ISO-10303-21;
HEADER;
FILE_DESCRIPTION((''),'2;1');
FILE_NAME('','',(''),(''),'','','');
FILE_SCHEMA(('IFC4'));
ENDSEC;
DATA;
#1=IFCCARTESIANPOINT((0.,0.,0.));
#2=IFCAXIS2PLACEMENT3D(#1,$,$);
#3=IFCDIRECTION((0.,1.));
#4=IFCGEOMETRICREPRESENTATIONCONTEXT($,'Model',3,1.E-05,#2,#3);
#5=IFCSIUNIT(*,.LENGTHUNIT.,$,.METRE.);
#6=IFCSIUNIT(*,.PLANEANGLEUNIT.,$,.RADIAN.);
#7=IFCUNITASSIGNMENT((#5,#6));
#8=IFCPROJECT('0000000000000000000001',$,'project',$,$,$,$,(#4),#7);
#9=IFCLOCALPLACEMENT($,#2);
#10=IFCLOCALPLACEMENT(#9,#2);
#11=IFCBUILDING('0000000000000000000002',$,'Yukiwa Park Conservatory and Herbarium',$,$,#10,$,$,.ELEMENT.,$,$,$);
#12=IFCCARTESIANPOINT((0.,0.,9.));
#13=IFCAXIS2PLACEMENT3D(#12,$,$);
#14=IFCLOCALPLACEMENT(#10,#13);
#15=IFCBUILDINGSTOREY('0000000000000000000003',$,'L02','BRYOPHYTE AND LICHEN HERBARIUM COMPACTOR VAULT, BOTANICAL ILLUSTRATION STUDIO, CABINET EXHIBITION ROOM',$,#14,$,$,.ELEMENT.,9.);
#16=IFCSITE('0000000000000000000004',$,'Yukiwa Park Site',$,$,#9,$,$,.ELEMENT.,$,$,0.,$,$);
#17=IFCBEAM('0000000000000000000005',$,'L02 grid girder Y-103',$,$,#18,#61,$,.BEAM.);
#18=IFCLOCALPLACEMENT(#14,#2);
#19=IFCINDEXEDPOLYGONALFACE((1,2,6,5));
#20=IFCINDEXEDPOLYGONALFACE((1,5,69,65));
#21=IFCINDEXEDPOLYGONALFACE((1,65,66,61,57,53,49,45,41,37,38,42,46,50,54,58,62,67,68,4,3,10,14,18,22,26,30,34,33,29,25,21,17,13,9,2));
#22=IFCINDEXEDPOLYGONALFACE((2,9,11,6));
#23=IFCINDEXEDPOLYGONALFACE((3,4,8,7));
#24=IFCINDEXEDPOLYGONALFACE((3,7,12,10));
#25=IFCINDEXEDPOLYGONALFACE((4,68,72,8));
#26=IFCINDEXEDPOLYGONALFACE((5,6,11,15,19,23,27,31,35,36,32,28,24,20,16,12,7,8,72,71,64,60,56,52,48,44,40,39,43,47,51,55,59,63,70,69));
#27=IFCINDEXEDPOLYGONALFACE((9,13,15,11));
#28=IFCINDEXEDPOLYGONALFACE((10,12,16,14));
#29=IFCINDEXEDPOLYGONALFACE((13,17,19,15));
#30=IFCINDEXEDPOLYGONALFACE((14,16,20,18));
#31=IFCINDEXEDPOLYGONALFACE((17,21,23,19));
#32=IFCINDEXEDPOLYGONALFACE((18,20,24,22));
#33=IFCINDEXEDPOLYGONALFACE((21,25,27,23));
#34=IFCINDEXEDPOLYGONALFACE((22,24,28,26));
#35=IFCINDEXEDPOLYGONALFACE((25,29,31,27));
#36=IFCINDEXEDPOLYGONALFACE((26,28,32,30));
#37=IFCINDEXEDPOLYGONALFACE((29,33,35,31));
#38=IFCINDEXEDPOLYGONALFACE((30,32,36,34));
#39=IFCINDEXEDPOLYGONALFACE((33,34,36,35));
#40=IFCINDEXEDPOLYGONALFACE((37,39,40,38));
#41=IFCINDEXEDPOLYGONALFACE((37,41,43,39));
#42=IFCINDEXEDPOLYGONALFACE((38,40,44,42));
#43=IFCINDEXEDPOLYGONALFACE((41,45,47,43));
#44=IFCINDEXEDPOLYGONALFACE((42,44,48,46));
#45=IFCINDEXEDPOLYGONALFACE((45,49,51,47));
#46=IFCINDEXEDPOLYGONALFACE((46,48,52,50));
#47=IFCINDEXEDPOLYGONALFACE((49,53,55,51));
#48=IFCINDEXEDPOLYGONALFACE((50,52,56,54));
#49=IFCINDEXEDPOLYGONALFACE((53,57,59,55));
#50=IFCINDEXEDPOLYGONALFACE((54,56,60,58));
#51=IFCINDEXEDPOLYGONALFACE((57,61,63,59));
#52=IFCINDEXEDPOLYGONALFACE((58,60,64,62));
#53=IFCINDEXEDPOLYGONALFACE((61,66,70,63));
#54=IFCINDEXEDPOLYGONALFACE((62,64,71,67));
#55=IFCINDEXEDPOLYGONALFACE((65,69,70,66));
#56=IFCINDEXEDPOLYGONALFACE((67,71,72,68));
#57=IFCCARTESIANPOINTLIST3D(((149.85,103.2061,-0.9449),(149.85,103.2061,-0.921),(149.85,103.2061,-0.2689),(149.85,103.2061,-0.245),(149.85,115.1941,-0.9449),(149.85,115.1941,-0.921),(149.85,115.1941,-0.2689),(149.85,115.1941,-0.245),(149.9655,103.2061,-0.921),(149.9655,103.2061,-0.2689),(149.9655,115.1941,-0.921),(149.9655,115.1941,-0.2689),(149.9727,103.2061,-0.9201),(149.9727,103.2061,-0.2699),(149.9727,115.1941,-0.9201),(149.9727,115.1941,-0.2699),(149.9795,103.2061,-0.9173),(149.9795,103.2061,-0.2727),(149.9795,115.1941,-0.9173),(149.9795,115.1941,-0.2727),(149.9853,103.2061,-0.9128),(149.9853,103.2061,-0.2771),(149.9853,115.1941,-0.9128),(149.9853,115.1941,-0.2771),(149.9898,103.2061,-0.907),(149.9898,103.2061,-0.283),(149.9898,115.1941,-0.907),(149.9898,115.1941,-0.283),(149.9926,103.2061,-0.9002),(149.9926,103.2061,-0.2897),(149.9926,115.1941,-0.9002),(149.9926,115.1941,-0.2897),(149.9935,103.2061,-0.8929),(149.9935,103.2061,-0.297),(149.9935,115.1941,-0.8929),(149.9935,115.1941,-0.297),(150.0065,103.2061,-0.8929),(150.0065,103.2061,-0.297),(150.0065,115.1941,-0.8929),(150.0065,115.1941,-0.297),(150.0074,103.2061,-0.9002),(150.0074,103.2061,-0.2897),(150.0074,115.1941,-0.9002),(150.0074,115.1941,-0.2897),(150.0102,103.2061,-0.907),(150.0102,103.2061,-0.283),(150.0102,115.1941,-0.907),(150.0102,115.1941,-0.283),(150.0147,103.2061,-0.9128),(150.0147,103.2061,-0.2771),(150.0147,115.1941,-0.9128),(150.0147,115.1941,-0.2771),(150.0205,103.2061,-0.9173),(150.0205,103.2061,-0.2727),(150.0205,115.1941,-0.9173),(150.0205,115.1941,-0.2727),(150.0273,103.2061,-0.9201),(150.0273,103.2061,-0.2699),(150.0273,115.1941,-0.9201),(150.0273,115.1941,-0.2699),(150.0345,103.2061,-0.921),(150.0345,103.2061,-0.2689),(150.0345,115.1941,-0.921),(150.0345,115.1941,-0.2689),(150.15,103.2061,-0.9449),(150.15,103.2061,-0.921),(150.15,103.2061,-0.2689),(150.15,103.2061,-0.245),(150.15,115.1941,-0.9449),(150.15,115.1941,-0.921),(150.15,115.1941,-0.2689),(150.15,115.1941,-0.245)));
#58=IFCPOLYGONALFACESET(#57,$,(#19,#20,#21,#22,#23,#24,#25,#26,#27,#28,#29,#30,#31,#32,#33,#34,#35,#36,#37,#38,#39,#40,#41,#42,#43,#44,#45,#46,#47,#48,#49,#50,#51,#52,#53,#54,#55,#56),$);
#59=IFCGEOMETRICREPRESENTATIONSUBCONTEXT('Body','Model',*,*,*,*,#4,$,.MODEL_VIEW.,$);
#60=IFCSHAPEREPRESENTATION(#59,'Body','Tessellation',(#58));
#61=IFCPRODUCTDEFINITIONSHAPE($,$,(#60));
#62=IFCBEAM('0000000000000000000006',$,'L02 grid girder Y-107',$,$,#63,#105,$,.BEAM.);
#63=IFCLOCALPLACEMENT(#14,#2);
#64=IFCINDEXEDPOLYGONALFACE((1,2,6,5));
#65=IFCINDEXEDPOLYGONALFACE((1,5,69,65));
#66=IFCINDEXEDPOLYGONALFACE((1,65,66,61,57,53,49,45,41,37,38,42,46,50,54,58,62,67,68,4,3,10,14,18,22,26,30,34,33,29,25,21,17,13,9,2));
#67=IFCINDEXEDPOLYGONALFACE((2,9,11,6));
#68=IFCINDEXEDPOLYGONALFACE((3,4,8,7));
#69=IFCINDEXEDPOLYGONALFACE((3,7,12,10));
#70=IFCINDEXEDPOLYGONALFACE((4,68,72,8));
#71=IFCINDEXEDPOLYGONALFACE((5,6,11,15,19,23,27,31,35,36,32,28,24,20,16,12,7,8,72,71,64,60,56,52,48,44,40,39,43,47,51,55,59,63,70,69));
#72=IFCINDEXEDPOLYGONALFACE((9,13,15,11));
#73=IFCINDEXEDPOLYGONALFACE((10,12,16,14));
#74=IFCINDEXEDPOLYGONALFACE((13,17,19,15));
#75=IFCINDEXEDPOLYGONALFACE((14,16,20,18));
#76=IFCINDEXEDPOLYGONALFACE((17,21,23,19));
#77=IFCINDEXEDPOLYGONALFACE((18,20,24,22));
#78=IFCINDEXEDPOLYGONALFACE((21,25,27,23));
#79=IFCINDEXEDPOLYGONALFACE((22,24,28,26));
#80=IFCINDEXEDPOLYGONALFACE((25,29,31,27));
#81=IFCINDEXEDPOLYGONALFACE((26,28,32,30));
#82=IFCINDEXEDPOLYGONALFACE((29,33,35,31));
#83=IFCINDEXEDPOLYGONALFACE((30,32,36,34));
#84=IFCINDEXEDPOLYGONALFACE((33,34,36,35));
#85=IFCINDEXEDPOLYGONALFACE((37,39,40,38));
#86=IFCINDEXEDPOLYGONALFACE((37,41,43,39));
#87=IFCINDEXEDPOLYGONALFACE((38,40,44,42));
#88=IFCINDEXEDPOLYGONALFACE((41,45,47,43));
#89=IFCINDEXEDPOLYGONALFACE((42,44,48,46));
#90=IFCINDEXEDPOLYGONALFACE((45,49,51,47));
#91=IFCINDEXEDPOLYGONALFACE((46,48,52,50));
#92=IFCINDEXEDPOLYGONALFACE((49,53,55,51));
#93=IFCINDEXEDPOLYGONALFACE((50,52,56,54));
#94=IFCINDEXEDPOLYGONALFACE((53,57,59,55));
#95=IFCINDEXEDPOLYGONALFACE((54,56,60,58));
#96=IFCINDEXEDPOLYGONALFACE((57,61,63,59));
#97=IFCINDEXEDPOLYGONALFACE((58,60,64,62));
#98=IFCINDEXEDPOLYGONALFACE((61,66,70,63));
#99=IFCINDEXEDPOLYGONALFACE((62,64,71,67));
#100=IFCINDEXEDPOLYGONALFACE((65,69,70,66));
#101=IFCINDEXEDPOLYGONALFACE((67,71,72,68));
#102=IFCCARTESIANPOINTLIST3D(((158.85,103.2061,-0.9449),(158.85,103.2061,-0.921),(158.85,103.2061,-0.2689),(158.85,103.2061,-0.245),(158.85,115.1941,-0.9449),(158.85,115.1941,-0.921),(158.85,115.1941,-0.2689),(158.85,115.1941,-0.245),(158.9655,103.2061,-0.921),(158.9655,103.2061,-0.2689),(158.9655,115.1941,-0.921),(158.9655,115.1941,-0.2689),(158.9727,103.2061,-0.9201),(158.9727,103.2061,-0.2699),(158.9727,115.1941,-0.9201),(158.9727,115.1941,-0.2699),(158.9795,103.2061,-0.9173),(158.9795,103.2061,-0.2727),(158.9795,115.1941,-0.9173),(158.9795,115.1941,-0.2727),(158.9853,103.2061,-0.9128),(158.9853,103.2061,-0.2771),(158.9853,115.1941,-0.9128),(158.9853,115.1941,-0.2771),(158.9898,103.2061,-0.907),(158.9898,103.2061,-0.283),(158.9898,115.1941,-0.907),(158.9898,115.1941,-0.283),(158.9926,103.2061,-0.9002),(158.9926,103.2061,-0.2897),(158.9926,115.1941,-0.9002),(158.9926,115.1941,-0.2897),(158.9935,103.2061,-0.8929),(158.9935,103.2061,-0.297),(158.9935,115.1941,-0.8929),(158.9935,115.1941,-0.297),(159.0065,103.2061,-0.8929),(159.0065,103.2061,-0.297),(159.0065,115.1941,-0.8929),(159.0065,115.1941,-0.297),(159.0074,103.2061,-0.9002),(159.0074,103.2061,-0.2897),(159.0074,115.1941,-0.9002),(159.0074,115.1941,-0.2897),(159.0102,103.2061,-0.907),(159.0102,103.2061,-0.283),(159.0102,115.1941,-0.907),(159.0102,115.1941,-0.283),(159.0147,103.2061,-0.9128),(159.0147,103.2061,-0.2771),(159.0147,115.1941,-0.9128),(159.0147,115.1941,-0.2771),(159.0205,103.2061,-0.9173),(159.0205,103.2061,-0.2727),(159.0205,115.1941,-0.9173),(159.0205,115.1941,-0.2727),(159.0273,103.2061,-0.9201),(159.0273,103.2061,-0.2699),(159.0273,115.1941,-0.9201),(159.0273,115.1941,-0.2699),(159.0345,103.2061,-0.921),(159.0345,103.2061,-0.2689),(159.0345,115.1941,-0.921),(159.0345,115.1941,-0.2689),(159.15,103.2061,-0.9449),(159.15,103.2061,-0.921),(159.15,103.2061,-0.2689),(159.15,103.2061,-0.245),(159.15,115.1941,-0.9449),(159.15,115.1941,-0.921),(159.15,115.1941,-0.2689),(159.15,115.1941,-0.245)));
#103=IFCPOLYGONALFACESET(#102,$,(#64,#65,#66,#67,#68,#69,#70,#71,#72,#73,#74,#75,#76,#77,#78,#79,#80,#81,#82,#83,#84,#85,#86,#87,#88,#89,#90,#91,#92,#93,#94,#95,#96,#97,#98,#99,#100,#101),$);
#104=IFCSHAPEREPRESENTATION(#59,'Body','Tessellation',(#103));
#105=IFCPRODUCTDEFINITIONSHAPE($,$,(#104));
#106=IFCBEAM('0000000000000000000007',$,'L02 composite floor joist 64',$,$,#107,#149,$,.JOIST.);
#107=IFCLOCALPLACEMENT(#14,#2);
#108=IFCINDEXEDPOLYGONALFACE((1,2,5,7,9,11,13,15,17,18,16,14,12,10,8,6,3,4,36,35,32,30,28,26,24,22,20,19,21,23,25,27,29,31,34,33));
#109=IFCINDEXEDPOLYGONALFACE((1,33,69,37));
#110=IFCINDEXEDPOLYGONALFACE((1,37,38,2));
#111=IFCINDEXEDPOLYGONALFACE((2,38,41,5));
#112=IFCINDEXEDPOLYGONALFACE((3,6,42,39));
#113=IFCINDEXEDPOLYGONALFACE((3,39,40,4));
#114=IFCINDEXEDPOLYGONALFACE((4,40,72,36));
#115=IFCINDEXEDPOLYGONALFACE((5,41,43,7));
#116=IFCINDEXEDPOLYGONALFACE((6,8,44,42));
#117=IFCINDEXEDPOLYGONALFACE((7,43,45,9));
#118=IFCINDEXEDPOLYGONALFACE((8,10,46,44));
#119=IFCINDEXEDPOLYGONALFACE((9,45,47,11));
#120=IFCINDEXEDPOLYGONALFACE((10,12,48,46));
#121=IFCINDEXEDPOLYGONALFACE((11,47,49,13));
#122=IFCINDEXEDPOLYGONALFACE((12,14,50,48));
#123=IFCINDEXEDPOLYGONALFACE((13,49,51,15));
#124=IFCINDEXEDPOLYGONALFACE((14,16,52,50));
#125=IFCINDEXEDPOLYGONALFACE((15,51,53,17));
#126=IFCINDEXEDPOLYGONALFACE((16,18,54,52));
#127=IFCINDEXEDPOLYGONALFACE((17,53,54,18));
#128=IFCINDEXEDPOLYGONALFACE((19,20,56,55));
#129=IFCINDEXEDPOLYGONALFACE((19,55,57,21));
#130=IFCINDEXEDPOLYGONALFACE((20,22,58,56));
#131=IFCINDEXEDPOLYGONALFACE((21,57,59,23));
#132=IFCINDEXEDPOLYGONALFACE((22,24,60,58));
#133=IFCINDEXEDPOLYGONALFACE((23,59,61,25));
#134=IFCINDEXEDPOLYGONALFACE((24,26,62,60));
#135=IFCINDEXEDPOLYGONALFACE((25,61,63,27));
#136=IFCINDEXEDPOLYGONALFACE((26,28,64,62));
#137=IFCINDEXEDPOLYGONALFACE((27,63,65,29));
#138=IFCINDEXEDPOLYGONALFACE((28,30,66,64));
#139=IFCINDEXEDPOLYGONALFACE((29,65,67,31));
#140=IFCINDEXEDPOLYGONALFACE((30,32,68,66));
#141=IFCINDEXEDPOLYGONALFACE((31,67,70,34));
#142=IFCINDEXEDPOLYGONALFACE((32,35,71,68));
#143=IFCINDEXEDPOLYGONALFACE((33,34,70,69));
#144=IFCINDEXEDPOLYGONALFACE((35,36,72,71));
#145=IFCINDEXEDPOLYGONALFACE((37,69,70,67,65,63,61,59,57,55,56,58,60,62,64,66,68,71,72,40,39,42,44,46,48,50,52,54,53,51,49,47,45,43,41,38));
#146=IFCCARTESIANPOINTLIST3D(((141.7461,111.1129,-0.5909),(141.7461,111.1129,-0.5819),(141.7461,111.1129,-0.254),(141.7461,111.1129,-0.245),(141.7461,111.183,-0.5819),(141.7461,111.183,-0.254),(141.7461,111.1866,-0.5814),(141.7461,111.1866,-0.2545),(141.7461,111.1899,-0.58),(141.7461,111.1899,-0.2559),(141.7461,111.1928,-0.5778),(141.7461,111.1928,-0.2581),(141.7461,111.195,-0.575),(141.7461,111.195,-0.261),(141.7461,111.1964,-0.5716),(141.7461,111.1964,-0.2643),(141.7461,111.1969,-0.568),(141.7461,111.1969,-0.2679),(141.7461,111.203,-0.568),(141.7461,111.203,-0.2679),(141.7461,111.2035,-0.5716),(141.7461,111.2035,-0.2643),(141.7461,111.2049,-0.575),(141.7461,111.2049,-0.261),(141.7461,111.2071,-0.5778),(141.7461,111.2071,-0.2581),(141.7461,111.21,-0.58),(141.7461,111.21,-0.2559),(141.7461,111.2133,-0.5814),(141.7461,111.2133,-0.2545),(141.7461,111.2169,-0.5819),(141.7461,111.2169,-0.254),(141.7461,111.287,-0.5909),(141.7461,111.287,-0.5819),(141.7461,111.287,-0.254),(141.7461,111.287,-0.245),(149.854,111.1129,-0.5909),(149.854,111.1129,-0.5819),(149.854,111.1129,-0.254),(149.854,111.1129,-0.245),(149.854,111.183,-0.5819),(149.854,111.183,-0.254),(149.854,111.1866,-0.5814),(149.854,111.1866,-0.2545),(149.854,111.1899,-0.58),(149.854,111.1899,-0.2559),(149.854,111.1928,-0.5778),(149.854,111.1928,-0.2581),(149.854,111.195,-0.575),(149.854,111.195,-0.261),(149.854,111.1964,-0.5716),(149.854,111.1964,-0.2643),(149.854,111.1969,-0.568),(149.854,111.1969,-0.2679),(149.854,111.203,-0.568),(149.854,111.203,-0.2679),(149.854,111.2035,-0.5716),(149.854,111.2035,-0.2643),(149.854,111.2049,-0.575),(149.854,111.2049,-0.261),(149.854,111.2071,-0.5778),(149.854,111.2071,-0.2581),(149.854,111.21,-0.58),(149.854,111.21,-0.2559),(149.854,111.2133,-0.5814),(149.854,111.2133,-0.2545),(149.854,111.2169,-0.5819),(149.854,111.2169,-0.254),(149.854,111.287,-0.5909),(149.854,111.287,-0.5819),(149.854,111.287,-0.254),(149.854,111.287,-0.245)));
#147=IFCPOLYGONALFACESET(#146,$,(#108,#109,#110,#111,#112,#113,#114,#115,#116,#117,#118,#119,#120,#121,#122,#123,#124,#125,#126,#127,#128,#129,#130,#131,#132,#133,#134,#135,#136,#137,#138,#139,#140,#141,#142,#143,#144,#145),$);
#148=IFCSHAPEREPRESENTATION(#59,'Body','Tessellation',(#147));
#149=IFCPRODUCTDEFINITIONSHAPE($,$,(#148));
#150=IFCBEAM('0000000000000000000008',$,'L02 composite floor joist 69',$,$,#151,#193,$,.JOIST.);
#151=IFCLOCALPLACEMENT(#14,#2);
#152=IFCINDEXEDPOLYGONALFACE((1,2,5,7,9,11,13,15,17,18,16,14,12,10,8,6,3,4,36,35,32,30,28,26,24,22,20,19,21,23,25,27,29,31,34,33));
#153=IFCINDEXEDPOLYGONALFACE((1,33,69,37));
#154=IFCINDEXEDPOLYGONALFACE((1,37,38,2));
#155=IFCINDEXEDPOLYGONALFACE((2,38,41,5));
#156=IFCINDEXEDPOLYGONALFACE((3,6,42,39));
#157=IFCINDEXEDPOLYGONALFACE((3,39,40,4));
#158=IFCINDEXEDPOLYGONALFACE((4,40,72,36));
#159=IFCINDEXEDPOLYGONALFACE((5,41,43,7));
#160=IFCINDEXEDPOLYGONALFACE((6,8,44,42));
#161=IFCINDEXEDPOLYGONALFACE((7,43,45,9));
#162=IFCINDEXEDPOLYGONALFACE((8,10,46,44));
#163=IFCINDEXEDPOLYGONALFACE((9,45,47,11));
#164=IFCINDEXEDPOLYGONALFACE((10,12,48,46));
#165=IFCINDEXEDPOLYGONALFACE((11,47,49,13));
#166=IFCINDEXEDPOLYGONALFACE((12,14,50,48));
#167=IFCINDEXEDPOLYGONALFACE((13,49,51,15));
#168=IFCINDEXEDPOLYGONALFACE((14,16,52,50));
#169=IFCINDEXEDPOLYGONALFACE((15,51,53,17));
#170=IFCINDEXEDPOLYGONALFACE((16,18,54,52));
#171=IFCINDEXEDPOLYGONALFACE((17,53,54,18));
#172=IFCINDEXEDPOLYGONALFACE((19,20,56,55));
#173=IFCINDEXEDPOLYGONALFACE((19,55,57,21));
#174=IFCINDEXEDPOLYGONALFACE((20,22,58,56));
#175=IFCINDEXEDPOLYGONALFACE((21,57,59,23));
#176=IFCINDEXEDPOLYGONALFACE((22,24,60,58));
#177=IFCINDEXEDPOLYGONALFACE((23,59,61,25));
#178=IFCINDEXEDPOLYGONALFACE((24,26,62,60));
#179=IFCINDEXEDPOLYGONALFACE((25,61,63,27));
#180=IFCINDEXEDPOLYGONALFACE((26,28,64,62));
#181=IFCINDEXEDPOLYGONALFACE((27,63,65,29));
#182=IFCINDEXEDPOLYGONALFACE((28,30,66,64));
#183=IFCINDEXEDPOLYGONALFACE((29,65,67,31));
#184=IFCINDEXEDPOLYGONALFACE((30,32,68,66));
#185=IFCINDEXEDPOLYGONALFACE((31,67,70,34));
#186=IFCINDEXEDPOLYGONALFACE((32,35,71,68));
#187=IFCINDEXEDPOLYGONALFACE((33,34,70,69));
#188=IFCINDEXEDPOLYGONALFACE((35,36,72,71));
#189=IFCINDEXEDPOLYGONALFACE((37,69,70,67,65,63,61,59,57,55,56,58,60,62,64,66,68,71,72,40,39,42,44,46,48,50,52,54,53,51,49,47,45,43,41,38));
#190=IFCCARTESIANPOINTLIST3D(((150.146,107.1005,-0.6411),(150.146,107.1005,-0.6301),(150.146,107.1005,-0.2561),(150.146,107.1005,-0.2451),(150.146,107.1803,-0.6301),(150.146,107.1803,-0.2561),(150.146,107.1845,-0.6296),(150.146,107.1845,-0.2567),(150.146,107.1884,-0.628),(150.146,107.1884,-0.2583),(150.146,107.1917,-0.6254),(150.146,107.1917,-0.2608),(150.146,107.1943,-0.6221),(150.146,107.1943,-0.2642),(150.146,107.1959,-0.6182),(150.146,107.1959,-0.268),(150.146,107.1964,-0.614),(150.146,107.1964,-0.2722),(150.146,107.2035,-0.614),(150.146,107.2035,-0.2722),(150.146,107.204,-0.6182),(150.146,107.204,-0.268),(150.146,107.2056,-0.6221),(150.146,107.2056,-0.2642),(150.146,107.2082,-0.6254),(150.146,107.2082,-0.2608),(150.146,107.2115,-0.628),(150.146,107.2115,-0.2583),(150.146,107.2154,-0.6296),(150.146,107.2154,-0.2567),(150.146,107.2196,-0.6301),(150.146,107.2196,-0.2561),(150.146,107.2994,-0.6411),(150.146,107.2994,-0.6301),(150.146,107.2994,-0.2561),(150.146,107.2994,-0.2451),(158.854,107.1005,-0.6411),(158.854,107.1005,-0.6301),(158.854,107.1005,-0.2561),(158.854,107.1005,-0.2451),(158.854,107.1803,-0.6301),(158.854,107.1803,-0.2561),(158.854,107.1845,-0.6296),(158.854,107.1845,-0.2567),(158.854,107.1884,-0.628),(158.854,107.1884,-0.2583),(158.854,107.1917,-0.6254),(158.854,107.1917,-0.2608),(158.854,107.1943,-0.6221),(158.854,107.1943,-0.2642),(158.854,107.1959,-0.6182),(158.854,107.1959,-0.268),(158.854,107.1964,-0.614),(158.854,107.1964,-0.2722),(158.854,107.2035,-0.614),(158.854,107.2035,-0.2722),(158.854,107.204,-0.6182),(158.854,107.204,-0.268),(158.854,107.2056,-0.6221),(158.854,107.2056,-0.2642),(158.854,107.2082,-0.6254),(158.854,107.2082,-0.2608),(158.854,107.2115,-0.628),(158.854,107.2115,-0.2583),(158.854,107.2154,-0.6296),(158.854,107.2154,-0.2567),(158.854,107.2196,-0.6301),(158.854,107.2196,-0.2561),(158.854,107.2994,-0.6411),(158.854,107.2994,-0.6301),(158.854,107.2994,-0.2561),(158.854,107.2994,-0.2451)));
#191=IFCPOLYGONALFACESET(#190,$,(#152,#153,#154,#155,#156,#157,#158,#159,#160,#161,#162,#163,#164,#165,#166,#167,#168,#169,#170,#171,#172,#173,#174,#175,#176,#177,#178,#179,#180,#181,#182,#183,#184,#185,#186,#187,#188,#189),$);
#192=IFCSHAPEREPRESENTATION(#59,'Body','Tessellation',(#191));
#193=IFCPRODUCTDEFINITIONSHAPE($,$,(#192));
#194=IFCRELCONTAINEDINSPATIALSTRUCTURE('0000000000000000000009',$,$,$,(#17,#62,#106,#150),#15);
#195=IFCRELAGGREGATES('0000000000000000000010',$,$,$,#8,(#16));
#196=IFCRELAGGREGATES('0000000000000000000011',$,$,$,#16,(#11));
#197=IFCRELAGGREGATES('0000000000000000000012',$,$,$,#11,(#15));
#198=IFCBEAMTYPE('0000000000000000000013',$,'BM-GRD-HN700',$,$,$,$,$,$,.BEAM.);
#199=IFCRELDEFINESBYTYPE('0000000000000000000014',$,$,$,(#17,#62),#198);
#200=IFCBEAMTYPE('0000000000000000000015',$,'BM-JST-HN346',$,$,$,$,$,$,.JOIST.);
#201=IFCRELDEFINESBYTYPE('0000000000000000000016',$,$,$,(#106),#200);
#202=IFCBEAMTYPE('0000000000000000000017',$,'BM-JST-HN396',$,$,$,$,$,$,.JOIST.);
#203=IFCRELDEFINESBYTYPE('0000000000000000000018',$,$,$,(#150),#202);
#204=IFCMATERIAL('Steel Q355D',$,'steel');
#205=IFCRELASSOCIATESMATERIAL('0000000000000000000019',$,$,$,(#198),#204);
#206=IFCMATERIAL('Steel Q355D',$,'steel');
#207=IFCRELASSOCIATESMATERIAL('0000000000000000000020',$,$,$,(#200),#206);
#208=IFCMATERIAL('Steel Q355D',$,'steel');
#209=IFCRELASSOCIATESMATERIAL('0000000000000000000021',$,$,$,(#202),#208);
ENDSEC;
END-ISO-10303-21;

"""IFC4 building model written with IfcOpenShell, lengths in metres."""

from ifc_helpers import new_model, si_unit, direction, frame, origin, origin_2d, place, context, subcontext, project, spatial, i_section, extrude, material, material_profile, profile_set, type_object, element, save


model = new_model("IFC4")

# Units and contexts
model_context = context("Model", 3, precision=1e-05, world=origin(), true_north=direction((0.0, 1.0)))
body_context = subcontext(model_context, "Body", "Model", "MODEL_VIEW")
ifc_project = project(units=[si_unit("LENGTHUNIT", "METRE"), si_unit("PLANEANGLEUNIT", "RADIAN")], contexts=[model_context])

# Site, building, storey
site_placement = place(None, origin())
site = spatial("IfcSite", under=ifc_project, at=site_placement, Name="Yukiwa Park Site", CompositionType="ELEMENT", RefElevation=0.0)
building_placement = place(site_placement, origin())
building = spatial("IfcBuilding", under=site, at=building_placement, Name="Yukiwa Park Conservatory and Herbarium", CompositionType="ELEMENT")
storey_placement = place(building_placement, frame((0.0, 0.0, 9.0)))
storey = spatial("IfcBuildingStorey", under=building, at=storey_placement, Name="L02", Description="BRYOPHYTE AND LICHEN HERBARIUM COMPACTOR VAULT, BOTANICAL ILLUSTRATION STUDIO, CABINET EXHIBITION ROOM", CompositionType="ELEMENT", Elevation=9.0)

# Beams
ifc_material_1 = material(Name="Steel Q355D", Category="steel")
ifc_material_profile_1 = material_profile(ifc_material_1, i_section(OverallWidth=0.3, OverallDepth=0.7, WebThickness=0.0129, FlangeThickness=0.0239, FilletRadius=0.0281, at=origin_2d()), Name="HN 700x300x13x24")
ifc_profile_set_1 = profile_set([ifc_material_profile_1], Name="Steel Q355D")
beam_type_1 = type_object("IfcBeamType", Name="BM-GRD-HN700", PredefinedType="BEAM", material=ifc_profile_set_1)
for number, where, z_axis, x_axis, name in (
    (1, (150.0, 103.2061, -0.595), (0.0, 1.0, 0.0), (-1.0, 0.0, 0.0), "L02 grid girder Y-103"),
    (2, (159.0, 103.2061, -0.595), (0.0, 1.0, 0.0), (-1.0, 0.0, 0.0), "L02 grid girder Y-107"),
):
    element("IfcBeam", number, at=place(storey_placement, frame(where, z_axis=z_axis, x_axis=x_axis)), inside=storey, type_object=beam_type_1, Name=name, PredefinedType="BEAM", context=body_context, shape_type="SweptSolid", body=[
        extrude(i_section(OverallWidth=0.3, OverallDepth=0.7, WebThickness=0.0129, FlangeThickness=0.0239, FilletRadius=0.0281, at=origin_2d()), origin(), (0.0, 0.0, 1.0), 11.988),
    ])
ifc_material_2 = material(Name="Steel Q355D", Category="steel")
ifc_material_profile_2 = material_profile(ifc_material_2, i_section(OverallWidth=0.1741, OverallDepth=0.3459, WebThickness=0.0061, FlangeThickness=0.009, FilletRadius=0.0139, at=origin_2d()), Name="HN 346x174x6x9")
ifc_profile_set_2 = profile_set([ifc_material_profile_2], Name="Steel Q355D")
beam_type_2 = type_object("IfcBeamType", Name="BM-JST-HN346", PredefinedType="JOIST", material=ifc_profile_set_2)
beam_1_placement = place(storey_placement, frame((141.7461, 111.2, -0.418), z_axis=(1.0, 0.0, 0.0), x_axis=(0.0, 1.0, 0.0)))
element("IfcBeam", 3, at=beam_1_placement, inside=storey, type_object=beam_type_2, Name="L02 composite floor joist 64", PredefinedType="JOIST", context=body_context, shape_type="SweptSolid", body=[
    extrude(i_section(OverallWidth=0.1741, OverallDepth=0.3459, WebThickness=0.0061, FlangeThickness=0.009, FilletRadius=0.0139, at=origin_2d()), origin(), (0.0, 0.0, 1.0), 8.1079),
])
ifc_material_3 = material(Name="Steel Q355D", Category="steel")
ifc_material_profile_3 = material_profile(ifc_material_3, i_section(OverallWidth=0.199, OverallDepth=0.396, WebThickness=0.0071, FlangeThickness=0.011, FilletRadius=0.0161, at=origin_2d()), Name="HN 396x199x7x11")
ifc_profile_set_3 = profile_set([ifc_material_profile_3], Name="Steel Q355D")
beam_type_3 = type_object("IfcBeamType", Name="BM-JST-HN396", PredefinedType="JOIST", material=ifc_profile_set_3)
for number, where, z_axis, x_axis, name in (
    (4, (150.146, 107.2, -0.4431), (1.0, 0.0, 0.0), (0.0, 1.0, 0.0), "L02 composite floor joist 69"),
):
    element("IfcBeam", number, at=place(storey_placement, frame(where, z_axis=z_axis, x_axis=x_axis)), inside=storey, type_object=beam_type_3, Name=name, PredefinedType="JOIST", context=body_context, shape_type="SweptSolid", body=[
        extrude(i_section(OverallWidth=0.199, OverallDepth=0.396, WebThickness=0.0071, FlangeThickness=0.011, FilletRadius=0.0161, at=origin_2d()), origin(), (0.0, 0.0, 1.0), 8.708),
    ])

save(model, "model.ifc")
